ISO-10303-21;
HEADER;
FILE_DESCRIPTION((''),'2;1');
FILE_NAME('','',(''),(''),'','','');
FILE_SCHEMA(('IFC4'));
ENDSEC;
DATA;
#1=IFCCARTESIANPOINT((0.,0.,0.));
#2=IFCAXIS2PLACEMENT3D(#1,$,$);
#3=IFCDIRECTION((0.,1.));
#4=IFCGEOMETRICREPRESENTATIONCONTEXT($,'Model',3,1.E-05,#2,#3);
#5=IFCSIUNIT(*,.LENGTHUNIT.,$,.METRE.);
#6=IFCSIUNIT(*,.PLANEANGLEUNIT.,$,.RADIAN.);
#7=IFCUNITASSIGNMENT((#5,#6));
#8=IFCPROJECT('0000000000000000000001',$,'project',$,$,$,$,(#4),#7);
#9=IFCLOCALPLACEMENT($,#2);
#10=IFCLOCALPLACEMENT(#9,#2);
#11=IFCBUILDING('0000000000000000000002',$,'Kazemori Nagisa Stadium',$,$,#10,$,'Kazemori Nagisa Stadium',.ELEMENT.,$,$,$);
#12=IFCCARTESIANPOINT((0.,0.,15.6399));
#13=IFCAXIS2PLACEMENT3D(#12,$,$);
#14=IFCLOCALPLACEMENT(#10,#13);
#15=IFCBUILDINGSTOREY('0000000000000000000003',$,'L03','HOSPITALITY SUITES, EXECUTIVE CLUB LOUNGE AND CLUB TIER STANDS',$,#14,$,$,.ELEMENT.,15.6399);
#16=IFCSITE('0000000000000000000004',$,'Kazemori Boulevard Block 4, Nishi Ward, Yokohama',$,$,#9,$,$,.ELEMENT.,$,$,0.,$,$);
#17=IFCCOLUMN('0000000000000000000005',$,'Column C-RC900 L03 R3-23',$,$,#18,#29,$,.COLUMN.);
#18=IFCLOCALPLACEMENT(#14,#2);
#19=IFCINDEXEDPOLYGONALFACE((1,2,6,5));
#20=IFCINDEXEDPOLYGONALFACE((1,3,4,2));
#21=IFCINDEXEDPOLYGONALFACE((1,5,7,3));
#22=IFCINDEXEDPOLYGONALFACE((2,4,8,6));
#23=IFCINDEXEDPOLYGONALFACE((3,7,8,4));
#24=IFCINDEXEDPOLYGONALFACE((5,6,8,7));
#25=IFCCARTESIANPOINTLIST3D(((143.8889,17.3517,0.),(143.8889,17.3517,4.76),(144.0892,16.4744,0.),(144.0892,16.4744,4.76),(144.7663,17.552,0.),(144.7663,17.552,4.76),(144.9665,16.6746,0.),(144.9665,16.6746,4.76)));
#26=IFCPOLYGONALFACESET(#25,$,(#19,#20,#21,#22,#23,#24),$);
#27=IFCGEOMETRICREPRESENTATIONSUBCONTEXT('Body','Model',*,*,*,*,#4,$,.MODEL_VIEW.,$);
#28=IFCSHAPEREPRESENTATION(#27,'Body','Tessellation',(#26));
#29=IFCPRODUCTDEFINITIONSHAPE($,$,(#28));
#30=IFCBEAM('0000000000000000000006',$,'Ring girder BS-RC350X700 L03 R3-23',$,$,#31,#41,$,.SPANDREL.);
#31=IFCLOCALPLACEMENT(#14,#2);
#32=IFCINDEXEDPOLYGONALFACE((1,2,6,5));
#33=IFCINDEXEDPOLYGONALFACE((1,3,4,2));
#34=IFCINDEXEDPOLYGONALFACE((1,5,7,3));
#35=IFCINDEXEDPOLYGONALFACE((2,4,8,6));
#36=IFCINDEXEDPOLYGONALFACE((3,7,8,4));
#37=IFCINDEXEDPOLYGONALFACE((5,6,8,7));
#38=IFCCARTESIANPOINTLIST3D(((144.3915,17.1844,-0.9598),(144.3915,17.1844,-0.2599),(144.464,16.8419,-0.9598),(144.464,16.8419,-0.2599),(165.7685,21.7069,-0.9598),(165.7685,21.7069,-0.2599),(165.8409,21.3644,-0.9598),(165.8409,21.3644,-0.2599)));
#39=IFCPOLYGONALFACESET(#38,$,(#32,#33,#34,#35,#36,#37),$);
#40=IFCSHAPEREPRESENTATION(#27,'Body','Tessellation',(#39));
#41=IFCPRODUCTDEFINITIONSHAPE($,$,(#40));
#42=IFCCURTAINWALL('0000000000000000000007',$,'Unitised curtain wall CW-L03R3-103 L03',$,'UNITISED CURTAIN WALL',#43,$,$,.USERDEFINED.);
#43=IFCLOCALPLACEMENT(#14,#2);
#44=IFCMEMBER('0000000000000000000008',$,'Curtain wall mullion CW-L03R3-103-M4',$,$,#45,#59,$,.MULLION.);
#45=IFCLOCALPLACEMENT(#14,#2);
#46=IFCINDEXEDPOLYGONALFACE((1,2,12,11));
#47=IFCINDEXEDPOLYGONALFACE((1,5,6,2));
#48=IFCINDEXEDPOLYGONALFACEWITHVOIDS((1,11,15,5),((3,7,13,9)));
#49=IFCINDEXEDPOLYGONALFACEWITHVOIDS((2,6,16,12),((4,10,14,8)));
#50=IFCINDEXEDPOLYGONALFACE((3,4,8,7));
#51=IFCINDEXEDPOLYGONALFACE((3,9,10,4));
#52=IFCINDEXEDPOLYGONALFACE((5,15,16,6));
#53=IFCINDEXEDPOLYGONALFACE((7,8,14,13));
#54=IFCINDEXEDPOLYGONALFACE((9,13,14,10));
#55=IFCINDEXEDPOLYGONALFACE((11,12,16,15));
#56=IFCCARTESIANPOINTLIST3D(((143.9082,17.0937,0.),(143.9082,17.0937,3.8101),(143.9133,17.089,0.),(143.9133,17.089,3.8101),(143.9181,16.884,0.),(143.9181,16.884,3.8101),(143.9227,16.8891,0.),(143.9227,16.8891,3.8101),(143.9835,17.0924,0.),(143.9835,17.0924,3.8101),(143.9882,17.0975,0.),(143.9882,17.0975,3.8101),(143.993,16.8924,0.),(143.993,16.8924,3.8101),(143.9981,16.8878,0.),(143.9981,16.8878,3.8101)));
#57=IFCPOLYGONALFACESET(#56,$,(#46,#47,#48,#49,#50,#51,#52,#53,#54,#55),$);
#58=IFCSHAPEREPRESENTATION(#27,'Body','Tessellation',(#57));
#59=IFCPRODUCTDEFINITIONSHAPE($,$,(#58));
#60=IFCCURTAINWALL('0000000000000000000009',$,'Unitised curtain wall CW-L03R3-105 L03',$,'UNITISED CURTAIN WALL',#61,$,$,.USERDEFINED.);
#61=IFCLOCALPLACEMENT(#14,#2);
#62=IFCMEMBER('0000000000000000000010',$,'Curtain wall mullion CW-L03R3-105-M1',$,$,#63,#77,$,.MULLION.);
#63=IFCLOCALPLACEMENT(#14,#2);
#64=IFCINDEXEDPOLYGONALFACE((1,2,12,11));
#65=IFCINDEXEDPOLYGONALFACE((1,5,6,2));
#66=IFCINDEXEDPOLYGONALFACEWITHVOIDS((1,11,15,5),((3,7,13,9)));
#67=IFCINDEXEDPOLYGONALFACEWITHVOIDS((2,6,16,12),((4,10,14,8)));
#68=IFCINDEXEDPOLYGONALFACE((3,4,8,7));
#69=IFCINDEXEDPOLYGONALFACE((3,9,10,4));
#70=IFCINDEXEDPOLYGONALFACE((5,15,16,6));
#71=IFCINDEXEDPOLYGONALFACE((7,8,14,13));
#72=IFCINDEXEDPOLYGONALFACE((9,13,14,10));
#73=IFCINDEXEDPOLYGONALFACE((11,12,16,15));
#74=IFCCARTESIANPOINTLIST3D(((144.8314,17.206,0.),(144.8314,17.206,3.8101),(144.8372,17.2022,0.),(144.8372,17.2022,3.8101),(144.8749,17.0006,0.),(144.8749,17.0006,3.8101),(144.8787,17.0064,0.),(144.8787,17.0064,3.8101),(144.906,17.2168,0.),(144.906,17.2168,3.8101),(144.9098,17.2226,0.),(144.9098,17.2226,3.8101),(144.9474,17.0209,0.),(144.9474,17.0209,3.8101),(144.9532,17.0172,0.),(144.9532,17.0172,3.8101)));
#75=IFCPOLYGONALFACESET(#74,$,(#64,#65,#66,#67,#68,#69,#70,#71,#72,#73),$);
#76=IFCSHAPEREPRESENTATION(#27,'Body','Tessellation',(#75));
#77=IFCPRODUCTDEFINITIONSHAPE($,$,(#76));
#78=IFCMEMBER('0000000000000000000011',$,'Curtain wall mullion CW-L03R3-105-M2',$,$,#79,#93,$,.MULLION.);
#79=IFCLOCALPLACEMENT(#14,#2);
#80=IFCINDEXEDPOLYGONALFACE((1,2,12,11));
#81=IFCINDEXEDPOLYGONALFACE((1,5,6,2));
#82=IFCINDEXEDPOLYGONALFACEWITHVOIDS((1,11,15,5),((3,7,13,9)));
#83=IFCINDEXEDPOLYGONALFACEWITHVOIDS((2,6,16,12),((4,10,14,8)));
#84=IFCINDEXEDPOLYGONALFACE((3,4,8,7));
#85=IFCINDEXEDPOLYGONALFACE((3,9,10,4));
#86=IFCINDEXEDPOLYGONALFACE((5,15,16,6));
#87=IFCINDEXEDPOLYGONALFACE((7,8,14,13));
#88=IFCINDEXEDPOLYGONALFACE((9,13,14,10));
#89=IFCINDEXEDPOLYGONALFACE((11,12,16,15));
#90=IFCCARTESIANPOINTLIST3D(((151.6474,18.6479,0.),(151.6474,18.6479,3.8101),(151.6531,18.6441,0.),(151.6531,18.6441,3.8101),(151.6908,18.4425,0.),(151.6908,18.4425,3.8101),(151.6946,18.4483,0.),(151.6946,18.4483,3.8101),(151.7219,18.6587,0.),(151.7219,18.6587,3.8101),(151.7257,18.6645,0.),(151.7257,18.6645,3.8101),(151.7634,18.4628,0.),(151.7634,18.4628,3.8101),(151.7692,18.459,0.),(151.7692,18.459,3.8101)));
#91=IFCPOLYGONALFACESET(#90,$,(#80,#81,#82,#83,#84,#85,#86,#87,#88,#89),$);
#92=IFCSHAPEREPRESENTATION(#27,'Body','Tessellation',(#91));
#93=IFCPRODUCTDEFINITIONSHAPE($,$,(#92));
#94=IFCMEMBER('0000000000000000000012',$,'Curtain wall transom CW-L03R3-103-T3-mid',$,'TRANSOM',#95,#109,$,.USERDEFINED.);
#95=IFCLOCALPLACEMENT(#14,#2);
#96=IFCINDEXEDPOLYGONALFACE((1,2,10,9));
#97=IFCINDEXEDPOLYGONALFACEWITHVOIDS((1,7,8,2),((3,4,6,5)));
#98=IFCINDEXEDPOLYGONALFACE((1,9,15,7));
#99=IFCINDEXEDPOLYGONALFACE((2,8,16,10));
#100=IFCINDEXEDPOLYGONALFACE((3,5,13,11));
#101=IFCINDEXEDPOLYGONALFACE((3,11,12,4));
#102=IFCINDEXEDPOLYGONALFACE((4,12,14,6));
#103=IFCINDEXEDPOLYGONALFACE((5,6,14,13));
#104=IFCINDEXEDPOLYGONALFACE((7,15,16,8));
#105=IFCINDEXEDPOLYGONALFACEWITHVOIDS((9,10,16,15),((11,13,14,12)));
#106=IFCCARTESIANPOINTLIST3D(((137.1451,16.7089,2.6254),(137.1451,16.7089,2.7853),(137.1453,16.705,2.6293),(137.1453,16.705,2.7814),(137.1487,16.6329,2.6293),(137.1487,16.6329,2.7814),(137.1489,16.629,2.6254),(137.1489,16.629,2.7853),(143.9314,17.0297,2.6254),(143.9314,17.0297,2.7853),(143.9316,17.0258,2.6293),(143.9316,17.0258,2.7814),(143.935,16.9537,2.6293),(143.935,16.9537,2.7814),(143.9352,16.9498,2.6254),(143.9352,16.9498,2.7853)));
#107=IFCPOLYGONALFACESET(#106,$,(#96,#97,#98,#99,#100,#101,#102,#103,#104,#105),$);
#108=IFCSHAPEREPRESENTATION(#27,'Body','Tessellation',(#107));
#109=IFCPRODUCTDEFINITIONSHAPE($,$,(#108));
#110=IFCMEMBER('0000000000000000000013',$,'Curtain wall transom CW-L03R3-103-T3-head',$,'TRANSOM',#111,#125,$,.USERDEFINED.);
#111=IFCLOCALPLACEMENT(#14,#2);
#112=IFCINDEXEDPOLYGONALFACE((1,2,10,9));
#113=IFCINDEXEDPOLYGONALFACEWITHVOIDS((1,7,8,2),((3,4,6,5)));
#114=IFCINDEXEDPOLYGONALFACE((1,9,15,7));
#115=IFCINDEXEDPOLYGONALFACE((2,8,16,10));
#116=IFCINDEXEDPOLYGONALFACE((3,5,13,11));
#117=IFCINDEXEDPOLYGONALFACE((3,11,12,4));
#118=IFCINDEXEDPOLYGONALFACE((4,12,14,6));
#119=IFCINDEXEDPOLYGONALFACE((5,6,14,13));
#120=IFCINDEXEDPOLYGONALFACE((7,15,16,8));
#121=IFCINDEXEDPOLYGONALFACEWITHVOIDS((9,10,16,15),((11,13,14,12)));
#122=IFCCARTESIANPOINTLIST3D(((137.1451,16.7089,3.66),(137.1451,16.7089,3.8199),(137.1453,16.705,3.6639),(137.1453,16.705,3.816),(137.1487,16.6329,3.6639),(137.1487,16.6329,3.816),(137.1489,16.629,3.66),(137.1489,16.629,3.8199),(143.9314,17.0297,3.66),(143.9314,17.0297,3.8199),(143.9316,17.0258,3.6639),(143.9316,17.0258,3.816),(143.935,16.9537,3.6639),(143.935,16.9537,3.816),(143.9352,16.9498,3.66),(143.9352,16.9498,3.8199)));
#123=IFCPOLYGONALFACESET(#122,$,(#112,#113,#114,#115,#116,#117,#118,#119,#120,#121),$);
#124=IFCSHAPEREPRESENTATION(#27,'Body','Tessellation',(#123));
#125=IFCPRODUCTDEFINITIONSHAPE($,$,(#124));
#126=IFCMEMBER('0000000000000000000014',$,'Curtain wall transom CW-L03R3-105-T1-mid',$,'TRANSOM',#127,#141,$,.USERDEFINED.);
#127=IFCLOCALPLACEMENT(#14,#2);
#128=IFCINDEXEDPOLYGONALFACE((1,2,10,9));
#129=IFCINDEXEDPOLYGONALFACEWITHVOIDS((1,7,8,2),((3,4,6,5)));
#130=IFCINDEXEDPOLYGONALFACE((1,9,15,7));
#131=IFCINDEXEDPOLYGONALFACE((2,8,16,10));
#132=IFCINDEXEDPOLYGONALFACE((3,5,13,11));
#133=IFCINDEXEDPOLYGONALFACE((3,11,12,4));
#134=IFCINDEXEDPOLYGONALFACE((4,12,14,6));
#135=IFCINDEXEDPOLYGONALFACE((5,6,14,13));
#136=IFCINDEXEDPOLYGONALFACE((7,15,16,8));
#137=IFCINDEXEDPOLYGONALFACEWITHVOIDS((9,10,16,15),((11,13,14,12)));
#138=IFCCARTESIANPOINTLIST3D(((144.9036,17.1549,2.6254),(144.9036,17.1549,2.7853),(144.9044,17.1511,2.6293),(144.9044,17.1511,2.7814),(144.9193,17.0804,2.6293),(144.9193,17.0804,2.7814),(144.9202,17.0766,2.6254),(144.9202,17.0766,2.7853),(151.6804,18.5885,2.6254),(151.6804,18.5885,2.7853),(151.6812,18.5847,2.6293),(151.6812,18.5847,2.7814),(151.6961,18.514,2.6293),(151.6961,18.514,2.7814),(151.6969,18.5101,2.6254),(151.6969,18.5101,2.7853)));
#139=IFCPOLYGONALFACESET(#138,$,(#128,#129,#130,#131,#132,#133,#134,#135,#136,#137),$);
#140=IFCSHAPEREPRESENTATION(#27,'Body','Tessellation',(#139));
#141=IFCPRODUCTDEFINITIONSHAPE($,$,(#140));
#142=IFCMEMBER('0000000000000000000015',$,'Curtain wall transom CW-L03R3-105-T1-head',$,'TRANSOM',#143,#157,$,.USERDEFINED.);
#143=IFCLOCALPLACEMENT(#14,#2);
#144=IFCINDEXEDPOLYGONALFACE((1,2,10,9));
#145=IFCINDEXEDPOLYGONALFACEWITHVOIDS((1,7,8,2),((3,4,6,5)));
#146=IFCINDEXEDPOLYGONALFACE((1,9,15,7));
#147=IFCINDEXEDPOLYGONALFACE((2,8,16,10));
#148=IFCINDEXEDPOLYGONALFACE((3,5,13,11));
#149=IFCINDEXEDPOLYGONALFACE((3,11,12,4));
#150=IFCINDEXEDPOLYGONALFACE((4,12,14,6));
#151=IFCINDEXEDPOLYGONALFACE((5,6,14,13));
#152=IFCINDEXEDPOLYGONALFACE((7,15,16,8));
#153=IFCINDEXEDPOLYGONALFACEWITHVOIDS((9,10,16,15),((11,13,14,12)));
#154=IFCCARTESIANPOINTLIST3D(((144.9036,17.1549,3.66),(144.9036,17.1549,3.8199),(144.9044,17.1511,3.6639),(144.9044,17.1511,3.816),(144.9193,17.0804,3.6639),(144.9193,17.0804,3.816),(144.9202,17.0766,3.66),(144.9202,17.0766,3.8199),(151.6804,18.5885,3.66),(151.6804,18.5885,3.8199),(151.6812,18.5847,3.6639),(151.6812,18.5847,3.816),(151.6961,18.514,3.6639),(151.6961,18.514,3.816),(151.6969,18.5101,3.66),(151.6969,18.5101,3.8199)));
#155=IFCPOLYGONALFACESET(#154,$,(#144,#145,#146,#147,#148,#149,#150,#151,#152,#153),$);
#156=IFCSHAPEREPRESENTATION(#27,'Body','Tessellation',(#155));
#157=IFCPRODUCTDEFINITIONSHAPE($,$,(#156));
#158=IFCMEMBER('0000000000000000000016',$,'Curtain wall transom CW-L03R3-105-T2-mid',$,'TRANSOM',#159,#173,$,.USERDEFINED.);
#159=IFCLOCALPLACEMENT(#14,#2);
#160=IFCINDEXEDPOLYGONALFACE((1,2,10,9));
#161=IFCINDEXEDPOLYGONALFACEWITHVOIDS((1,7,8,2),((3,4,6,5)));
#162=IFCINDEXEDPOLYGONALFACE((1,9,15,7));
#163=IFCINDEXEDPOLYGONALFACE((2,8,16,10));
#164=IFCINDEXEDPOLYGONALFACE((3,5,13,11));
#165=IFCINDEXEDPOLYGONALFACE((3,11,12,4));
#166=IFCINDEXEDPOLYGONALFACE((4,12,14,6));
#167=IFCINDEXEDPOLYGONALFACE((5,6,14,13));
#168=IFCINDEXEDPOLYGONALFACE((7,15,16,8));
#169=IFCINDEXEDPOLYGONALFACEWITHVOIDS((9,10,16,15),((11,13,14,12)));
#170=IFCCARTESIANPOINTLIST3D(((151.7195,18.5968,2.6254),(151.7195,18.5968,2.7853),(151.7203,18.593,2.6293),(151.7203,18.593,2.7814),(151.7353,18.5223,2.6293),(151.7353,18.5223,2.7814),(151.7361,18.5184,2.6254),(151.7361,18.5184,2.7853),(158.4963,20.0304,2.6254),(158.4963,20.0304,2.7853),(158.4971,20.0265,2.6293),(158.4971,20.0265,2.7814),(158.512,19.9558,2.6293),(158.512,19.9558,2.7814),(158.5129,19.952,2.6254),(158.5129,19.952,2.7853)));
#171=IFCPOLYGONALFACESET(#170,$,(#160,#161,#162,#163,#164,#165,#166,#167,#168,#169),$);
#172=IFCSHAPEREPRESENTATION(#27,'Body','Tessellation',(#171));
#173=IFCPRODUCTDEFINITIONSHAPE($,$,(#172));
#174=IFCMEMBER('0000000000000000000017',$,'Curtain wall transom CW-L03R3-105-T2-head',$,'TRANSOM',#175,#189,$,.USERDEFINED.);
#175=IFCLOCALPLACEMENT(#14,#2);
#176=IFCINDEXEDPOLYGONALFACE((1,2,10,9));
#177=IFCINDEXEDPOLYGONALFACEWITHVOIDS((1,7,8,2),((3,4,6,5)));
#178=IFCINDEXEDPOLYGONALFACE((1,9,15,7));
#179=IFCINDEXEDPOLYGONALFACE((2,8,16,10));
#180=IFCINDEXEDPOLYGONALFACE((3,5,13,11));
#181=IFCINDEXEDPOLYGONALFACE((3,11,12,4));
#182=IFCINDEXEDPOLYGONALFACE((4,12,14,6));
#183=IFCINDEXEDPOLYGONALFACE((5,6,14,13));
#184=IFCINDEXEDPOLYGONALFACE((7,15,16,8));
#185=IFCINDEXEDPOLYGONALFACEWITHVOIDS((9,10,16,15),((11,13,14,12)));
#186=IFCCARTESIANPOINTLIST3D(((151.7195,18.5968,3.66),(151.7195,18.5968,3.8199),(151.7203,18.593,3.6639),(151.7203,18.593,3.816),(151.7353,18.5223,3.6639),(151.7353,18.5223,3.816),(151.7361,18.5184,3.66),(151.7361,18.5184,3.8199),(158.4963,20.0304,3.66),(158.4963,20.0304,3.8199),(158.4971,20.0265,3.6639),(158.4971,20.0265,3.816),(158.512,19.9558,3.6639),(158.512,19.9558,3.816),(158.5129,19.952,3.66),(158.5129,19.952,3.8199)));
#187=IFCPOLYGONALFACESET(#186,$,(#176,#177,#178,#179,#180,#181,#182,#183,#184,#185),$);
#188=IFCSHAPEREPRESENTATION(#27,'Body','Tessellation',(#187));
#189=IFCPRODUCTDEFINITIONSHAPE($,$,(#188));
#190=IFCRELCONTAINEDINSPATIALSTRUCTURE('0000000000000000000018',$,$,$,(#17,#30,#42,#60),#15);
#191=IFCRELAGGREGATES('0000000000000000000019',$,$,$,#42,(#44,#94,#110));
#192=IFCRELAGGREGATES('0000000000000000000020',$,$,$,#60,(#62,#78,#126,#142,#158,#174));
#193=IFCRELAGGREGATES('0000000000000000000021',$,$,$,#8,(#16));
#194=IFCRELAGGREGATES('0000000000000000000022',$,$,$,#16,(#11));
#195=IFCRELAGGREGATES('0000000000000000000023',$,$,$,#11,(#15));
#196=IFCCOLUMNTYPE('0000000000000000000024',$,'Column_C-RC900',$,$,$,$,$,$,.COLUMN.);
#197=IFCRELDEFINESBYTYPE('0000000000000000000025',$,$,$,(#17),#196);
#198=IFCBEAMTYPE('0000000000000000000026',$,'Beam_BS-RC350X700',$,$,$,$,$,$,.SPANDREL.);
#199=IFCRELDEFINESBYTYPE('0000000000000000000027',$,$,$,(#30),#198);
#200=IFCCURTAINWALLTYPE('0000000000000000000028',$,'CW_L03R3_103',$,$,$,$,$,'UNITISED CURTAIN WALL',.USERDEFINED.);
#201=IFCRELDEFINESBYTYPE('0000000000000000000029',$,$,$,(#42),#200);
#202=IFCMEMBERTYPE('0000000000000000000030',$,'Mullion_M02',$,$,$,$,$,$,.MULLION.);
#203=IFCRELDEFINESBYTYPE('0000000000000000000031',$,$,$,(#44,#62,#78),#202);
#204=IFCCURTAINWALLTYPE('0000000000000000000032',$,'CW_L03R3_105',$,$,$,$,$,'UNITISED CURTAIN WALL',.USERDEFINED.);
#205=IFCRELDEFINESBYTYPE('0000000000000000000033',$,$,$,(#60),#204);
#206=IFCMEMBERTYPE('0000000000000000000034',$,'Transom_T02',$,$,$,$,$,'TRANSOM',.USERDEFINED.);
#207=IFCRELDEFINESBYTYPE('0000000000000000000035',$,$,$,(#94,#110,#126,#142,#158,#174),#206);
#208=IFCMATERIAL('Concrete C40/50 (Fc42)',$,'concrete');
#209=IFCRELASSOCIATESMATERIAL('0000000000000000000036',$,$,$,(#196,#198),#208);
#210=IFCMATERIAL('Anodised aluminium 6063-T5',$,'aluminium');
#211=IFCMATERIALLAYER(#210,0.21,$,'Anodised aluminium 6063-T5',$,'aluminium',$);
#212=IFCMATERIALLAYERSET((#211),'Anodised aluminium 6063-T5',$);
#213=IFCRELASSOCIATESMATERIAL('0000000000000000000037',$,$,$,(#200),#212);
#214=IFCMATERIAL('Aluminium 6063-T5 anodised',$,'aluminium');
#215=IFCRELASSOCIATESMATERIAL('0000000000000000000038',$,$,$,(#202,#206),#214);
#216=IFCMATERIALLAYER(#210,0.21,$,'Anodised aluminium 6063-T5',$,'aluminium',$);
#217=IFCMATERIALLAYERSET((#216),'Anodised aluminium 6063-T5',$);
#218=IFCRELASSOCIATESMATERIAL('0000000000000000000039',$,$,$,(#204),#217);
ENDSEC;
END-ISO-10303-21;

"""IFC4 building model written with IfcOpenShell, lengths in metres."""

from ifc_helpers import new_model, si_unit, direction, frame, origin, origin_2d, place, context, subcontext, project, spatial, rectangle, hollow_rectangle, extrude, material, layer, layer_set, material_profile, profile_set, type_object, element, aggregate, save


model = new_model("IFC4")

# Units and contexts
model_context = context("Model", 3, precision=1e-05, world=origin(), true_north=direction((0.0, 1.0)))
body_context = subcontext(model_context, "Body", "Model", "MODEL_VIEW")
ifc_project = project(units=[si_unit("LENGTHUNIT", "METRE"), si_unit("PLANEANGLEUNIT", "RADIAN")], contexts=[model_context])

# Site, building, storey
site_placement = place(None, origin())
site = spatial("IfcSite", under=ifc_project, at=site_placement, Name="Kazemori Boulevard Block 4, Nishi Ward, Yokohama", CompositionType="ELEMENT", RefElevation=0.0)
building_placement = place(site_placement, origin())
building = spatial("IfcBuilding", under=site, at=building_placement, Name="Kazemori Nagisa Stadium", LongName="Kazemori Nagisa Stadium", CompositionType="ELEMENT")
storey_placement = place(building_placement, frame((0.0, 0.0, 15.6399)))
storey = spatial("IfcBuildingStorey", under=building, at=storey_placement, Name="L03", Description="HOSPITALITY SUITES, EXECUTIVE CLUB LOUNGE AND CLUB TIER STANDS", CompositionType="ELEMENT", Elevation=15.6399)

# Column
ifc_material_1 = material(Name="Concrete C40/50 (Fc42)", Category="concrete")
ifc_material_profile_1 = material_profile(ifc_material_1, rectangle(XDim=0.8999, YDim=0.8999, at=origin_2d()), Name="RC-COL-900x900")
ifc_profile_set_1 = profile_set([ifc_material_profile_1], Name="Concrete C40/50 (Fc42)")
column_type = type_object("IfcColumnType", Name="Column_C-RC900", PredefinedType="COLUMN", material=ifc_profile_set_1)
column_placement = place(storey_placement, frame((144.4277, 17.0132, 0.0), z_axis=(0.0, 0.0, 1.0), x_axis=(0.222521, -0.974928, 0.0)))
element("IfcColumn", 1, at=column_placement, inside=storey, type_object=column_type, Name="Column C-RC900 L03 R3-23", PredefinedType="COLUMN", context=body_context, shape_type="SweptSolid", body=[
    extrude(rectangle(XDim=0.8999, YDim=0.8999, at=origin_2d()), origin(), (0.0, 0.0, 1.0), 4.76),
])

# Beam
ifc_material_profile_2 = material_profile(ifc_material_1, rectangle(XDim=0.3501, YDim=0.7, at=origin_2d()), Name="RC-SP-350x700")
ifc_profile_set_2 = profile_set([ifc_material_profile_2], Name="Concrete C40/50 (Fc42)")
beam_type = type_object("IfcBeamType", Name="Beam_BS-RC350X700", PredefinedType="SPANDREL", material=ifc_profile_set_2)
beam_placement = place(storey_placement, frame((144.4277, 17.0132, -0.6099), z_axis=(0.978346, 0.206977, 0.0), x_axis=(-0.206977, 0.978346, 0.0)))
element("IfcBeam", 2, at=beam_placement, inside=storey, type_object=beam_type, Name="Ring girder BS-RC350X700 L03 R3-23", PredefinedType="SPANDREL", context=body_context, shape_type="SweptSolid", body=[
    extrude(rectangle(XDim=0.3501, YDim=0.7, at=origin_2d()), origin(), (0.0, 0.0, 1.0), 21.8501),
])

# Curtain wall, member
ifc_material_2 = material(Name="Anodised aluminium 6063-T5", Category="aluminium")
ifc_layer_1 = layer(ifc_material_2, 0.21, Name="Anodised aluminium 6063-T5", Category="aluminium")
ifc_layer_set_1 = layer_set([ifc_layer_1], Name="Anodised aluminium 6063-T5")
curtain_wall_type_1 = type_object("IfcCurtainWallType", Name="CW_L03R3_103", ElementType="UNITISED CURTAIN WALL", PredefinedType="USERDEFINED", material=ifc_layer_set_1)
curtain_wall_1_placement = place(storey_placement, origin())
curtain_wall_1 = element("IfcCurtainWall", 3, at=curtain_wall_1_placement, inside=storey, type_object=curtain_wall_type_1, Name="Unitised curtain wall CW-L03R3-103 L03", ObjectType="UNITISED CURTAIN WALL", PredefinedType="USERDEFINED")
ifc_material_3 = material(Name="Aluminium 6063-T5 anodised", Category="aluminium")
ifc_material_profile_3 = material_profile(ifc_material_3, hollow_rectangle(XDim=0.0801, YDim=0.21, WallThickness=0.0049, at=origin_2d()), Name="ALU-MULL-80x210x5")
ifc_profile_set_3 = profile_set([ifc_material_profile_3], Name="Aluminium 6063-T5 anodised")
member_type_1 = type_object("IfcMemberType", Name="Mullion_M02", PredefinedType="MULLION", material=ifc_profile_set_3)
member_1_placement = place(storey_placement, frame((143.9531, 16.9907, 0.0), z_axis=(0.0, 0.0, 1.0), x_axis=(0.998884, 0.04723, 0.0)))
member_1 = element("IfcMember", 4, at=member_1_placement, type_object=member_type_1, Name="Curtain wall mullion CW-L03R3-103-M4", PredefinedType="MULLION", context=body_context, shape_type="SweptSolid", body=[
    extrude(hollow_rectangle(XDim=0.0801, YDim=0.21, WallThickness=0.0049, at=origin_2d()), origin(), (0.0, 0.0, 1.0), 3.8101),
])

# Curtain wall, members
ifc_layer_2 = layer(ifc_material_2, 0.21, Name="Anodised aluminium 6063-T5", Category="aluminium")
ifc_layer_set_2 = layer_set([ifc_layer_2], Name="Anodised aluminium 6063-T5")
curtain_wall_type_2 = type_object("IfcCurtainWallType", Name="CW_L03R3_105", ElementType="UNITISED CURTAIN WALL", PredefinedType="USERDEFINED", material=ifc_layer_set_2)
curtain_wall_2_placement = place(storey_placement, origin())
curtain_wall_2 = element("IfcCurtainWall", 5, at=curtain_wall_2_placement, inside=storey, type_object=curtain_wall_type_2, Name="Unitised curtain wall CW-L03R3-105 L03", ObjectType="UNITISED CURTAIN WALL", PredefinedType="USERDEFINED")
member_2_placement = place(storey_placement, frame((144.8923, 17.1116, 0.0), z_axis=(0.0, 0.0, 1.0), x_axis=(0.978345, 0.206981, 0.0)))
member_2 = element("IfcMember", 6, at=member_2_placement, type_object=member_type_1, Name="Curtain wall mullion CW-L03R3-105-M1", PredefinedType="MULLION", context=body_context, shape_type="SweptSolid", body=[
    extrude(hollow_rectangle(XDim=0.0801, YDim=0.21, WallThickness=0.0049, at=origin_2d()), origin(), (0.0, 0.0, 1.0), 3.8101),
])
member_3_placement = place(storey_placement, frame((151.7083, 18.5535, 0.0), z_axis=(0.0, 0.0, 1.0), x_axis=(0.978345, 0.206981, 0.0)))
member_3 = element("IfcMember", 7, at=member_3_placement, type_object=member_type_1, Name="Curtain wall mullion CW-L03R3-105-M2", PredefinedType="MULLION", context=body_context, shape_type="SweptSolid", body=[
    extrude(hollow_rectangle(XDim=0.0801, YDim=0.21, WallThickness=0.0049, at=origin_2d()), origin(), (0.0, 0.0, 1.0), 3.8101),
])

# Members
ifc_material_profile_4 = material_profile(ifc_material_3, hollow_rectangle(XDim=0.0801, YDim=0.1599, WallThickness=0.0039, at=origin_2d()), Name="ALU-TRAN-80x160x4")
ifc_profile_set_4 = profile_set([ifc_material_profile_4], Name="Aluminium 6063-T5 anodised")
member_type_2 = type_object("IfcMemberType", Name="Transom_T02", ElementType="TRANSOM", PredefinedType="USERDEFINED", material=ifc_profile_set_4)
member_4_placement = place(storey_placement, frame((137.147, 16.6689, 2.7053), z_axis=(0.998885, 0.047219, 0.0), x_axis=(-0.047219, 0.998885, 0.0)))
member_4 = element("IfcMember", 8, at=member_4_placement, type_object=member_type_2, Name="Curtain wall transom CW-L03R3-103-T3-mid", ObjectType="TRANSOM", PredefinedType="USERDEFINED", context=body_context, shape_type="SweptSolid", body=[
    extrude(hollow_rectangle(XDim=0.0801, YDim=0.1599, WallThickness=0.0039, at=origin_2d()), origin(), (0.0, 0.0, 1.0), 6.7939),
])
member_5_placement = place(storey_placement, frame((137.147, 16.6689, 3.74), z_axis=(0.998885, 0.047219, 0.0), x_axis=(-0.047219, 0.998885, 0.0)))
member_5 = element("IfcMember", 9, at=member_5_placement, type_object=member_type_2, Name="Curtain wall transom CW-L03R3-103-T3-head", ObjectType="TRANSOM", PredefinedType="USERDEFINED", context=body_context, shape_type="SweptSolid", body=[
    extrude(hollow_rectangle(XDim=0.0801, YDim=0.1599, WallThickness=0.0039, at=origin_2d()), origin(), (0.0, 0.0, 1.0), 6.7939),
])
member_6_placement = place(storey_placement, frame((144.9119, 17.1157, 2.7053), z_axis=(0.978349, 0.206962, 0.0), x_axis=(-0.206962, 0.978349, 0.0)))
member_6 = element("IfcMember", 10, at=member_6_placement, type_object=member_type_2, Name="Curtain wall transom CW-L03R3-105-T1-mid", ObjectType="TRANSOM", PredefinedType="USERDEFINED", context=body_context, shape_type="SweptSolid", body=[
    extrude(hollow_rectangle(XDim=0.0801, YDim=0.1599, WallThickness=0.0039, at=origin_2d()), origin(), (0.0, 0.0, 1.0), 6.9268),
])
member_7_placement = place(storey_placement, frame((144.9119, 17.1157, 3.74), z_axis=(0.978349, 0.206962, 0.0), x_axis=(-0.206962, 0.978349, 0.0)))
member_7 = element("IfcMember", 11, at=member_7_placement, type_object=member_type_2, Name="Curtain wall transom CW-L03R3-105-T1-head", ObjectType="TRANSOM", PredefinedType="USERDEFINED", context=body_context, shape_type="SweptSolid", body=[
    extrude(hollow_rectangle(XDim=0.0801, YDim=0.1599, WallThickness=0.0039, at=origin_2d()), origin(), (0.0, 0.0, 1.0), 6.9268),
])
member_8_placement = place(storey_placement, frame((151.7278, 18.5576, 2.7053), z_axis=(0.978349, 0.206962, 0.0), x_axis=(-0.206962, 0.978349, 0.0)))
member_8 = element("IfcMember", 12, at=member_8_placement, type_object=member_type_2, Name="Curtain wall transom CW-L03R3-105-T2-mid", ObjectType="TRANSOM", PredefinedType="USERDEFINED", context=body_context, shape_type="SweptSolid", body=[
    extrude(hollow_rectangle(XDim=0.0801, YDim=0.1599, WallThickness=0.0039, at=origin_2d()), origin(), (0.0, 0.0, 1.0), 6.9268),
])
member_9_placement = place(storey_placement, frame((151.7278, 18.5576, 3.74), z_axis=(0.978349, 0.206962, 0.0), x_axis=(-0.206962, 0.978349, 0.0)))
member_9 = element("IfcMember", 13, at=member_9_placement, type_object=member_type_2, Name="Curtain wall transom CW-L03R3-105-T2-head", ObjectType="TRANSOM", PredefinedType="USERDEFINED", context=body_context, shape_type="SweptSolid", body=[
    extrude(hollow_rectangle(XDim=0.0801, YDim=0.1599, WallThickness=0.0039, at=origin_2d()), origin(), (0.0, 0.0, 1.0), 6.9268),
])

aggregate(curtain_wall_1, [member_1, member_4, member_5])
aggregate(curtain_wall_2, [member_2, member_3, member_6, member_7, member_8, member_9])

save(model, "model.ifc")
